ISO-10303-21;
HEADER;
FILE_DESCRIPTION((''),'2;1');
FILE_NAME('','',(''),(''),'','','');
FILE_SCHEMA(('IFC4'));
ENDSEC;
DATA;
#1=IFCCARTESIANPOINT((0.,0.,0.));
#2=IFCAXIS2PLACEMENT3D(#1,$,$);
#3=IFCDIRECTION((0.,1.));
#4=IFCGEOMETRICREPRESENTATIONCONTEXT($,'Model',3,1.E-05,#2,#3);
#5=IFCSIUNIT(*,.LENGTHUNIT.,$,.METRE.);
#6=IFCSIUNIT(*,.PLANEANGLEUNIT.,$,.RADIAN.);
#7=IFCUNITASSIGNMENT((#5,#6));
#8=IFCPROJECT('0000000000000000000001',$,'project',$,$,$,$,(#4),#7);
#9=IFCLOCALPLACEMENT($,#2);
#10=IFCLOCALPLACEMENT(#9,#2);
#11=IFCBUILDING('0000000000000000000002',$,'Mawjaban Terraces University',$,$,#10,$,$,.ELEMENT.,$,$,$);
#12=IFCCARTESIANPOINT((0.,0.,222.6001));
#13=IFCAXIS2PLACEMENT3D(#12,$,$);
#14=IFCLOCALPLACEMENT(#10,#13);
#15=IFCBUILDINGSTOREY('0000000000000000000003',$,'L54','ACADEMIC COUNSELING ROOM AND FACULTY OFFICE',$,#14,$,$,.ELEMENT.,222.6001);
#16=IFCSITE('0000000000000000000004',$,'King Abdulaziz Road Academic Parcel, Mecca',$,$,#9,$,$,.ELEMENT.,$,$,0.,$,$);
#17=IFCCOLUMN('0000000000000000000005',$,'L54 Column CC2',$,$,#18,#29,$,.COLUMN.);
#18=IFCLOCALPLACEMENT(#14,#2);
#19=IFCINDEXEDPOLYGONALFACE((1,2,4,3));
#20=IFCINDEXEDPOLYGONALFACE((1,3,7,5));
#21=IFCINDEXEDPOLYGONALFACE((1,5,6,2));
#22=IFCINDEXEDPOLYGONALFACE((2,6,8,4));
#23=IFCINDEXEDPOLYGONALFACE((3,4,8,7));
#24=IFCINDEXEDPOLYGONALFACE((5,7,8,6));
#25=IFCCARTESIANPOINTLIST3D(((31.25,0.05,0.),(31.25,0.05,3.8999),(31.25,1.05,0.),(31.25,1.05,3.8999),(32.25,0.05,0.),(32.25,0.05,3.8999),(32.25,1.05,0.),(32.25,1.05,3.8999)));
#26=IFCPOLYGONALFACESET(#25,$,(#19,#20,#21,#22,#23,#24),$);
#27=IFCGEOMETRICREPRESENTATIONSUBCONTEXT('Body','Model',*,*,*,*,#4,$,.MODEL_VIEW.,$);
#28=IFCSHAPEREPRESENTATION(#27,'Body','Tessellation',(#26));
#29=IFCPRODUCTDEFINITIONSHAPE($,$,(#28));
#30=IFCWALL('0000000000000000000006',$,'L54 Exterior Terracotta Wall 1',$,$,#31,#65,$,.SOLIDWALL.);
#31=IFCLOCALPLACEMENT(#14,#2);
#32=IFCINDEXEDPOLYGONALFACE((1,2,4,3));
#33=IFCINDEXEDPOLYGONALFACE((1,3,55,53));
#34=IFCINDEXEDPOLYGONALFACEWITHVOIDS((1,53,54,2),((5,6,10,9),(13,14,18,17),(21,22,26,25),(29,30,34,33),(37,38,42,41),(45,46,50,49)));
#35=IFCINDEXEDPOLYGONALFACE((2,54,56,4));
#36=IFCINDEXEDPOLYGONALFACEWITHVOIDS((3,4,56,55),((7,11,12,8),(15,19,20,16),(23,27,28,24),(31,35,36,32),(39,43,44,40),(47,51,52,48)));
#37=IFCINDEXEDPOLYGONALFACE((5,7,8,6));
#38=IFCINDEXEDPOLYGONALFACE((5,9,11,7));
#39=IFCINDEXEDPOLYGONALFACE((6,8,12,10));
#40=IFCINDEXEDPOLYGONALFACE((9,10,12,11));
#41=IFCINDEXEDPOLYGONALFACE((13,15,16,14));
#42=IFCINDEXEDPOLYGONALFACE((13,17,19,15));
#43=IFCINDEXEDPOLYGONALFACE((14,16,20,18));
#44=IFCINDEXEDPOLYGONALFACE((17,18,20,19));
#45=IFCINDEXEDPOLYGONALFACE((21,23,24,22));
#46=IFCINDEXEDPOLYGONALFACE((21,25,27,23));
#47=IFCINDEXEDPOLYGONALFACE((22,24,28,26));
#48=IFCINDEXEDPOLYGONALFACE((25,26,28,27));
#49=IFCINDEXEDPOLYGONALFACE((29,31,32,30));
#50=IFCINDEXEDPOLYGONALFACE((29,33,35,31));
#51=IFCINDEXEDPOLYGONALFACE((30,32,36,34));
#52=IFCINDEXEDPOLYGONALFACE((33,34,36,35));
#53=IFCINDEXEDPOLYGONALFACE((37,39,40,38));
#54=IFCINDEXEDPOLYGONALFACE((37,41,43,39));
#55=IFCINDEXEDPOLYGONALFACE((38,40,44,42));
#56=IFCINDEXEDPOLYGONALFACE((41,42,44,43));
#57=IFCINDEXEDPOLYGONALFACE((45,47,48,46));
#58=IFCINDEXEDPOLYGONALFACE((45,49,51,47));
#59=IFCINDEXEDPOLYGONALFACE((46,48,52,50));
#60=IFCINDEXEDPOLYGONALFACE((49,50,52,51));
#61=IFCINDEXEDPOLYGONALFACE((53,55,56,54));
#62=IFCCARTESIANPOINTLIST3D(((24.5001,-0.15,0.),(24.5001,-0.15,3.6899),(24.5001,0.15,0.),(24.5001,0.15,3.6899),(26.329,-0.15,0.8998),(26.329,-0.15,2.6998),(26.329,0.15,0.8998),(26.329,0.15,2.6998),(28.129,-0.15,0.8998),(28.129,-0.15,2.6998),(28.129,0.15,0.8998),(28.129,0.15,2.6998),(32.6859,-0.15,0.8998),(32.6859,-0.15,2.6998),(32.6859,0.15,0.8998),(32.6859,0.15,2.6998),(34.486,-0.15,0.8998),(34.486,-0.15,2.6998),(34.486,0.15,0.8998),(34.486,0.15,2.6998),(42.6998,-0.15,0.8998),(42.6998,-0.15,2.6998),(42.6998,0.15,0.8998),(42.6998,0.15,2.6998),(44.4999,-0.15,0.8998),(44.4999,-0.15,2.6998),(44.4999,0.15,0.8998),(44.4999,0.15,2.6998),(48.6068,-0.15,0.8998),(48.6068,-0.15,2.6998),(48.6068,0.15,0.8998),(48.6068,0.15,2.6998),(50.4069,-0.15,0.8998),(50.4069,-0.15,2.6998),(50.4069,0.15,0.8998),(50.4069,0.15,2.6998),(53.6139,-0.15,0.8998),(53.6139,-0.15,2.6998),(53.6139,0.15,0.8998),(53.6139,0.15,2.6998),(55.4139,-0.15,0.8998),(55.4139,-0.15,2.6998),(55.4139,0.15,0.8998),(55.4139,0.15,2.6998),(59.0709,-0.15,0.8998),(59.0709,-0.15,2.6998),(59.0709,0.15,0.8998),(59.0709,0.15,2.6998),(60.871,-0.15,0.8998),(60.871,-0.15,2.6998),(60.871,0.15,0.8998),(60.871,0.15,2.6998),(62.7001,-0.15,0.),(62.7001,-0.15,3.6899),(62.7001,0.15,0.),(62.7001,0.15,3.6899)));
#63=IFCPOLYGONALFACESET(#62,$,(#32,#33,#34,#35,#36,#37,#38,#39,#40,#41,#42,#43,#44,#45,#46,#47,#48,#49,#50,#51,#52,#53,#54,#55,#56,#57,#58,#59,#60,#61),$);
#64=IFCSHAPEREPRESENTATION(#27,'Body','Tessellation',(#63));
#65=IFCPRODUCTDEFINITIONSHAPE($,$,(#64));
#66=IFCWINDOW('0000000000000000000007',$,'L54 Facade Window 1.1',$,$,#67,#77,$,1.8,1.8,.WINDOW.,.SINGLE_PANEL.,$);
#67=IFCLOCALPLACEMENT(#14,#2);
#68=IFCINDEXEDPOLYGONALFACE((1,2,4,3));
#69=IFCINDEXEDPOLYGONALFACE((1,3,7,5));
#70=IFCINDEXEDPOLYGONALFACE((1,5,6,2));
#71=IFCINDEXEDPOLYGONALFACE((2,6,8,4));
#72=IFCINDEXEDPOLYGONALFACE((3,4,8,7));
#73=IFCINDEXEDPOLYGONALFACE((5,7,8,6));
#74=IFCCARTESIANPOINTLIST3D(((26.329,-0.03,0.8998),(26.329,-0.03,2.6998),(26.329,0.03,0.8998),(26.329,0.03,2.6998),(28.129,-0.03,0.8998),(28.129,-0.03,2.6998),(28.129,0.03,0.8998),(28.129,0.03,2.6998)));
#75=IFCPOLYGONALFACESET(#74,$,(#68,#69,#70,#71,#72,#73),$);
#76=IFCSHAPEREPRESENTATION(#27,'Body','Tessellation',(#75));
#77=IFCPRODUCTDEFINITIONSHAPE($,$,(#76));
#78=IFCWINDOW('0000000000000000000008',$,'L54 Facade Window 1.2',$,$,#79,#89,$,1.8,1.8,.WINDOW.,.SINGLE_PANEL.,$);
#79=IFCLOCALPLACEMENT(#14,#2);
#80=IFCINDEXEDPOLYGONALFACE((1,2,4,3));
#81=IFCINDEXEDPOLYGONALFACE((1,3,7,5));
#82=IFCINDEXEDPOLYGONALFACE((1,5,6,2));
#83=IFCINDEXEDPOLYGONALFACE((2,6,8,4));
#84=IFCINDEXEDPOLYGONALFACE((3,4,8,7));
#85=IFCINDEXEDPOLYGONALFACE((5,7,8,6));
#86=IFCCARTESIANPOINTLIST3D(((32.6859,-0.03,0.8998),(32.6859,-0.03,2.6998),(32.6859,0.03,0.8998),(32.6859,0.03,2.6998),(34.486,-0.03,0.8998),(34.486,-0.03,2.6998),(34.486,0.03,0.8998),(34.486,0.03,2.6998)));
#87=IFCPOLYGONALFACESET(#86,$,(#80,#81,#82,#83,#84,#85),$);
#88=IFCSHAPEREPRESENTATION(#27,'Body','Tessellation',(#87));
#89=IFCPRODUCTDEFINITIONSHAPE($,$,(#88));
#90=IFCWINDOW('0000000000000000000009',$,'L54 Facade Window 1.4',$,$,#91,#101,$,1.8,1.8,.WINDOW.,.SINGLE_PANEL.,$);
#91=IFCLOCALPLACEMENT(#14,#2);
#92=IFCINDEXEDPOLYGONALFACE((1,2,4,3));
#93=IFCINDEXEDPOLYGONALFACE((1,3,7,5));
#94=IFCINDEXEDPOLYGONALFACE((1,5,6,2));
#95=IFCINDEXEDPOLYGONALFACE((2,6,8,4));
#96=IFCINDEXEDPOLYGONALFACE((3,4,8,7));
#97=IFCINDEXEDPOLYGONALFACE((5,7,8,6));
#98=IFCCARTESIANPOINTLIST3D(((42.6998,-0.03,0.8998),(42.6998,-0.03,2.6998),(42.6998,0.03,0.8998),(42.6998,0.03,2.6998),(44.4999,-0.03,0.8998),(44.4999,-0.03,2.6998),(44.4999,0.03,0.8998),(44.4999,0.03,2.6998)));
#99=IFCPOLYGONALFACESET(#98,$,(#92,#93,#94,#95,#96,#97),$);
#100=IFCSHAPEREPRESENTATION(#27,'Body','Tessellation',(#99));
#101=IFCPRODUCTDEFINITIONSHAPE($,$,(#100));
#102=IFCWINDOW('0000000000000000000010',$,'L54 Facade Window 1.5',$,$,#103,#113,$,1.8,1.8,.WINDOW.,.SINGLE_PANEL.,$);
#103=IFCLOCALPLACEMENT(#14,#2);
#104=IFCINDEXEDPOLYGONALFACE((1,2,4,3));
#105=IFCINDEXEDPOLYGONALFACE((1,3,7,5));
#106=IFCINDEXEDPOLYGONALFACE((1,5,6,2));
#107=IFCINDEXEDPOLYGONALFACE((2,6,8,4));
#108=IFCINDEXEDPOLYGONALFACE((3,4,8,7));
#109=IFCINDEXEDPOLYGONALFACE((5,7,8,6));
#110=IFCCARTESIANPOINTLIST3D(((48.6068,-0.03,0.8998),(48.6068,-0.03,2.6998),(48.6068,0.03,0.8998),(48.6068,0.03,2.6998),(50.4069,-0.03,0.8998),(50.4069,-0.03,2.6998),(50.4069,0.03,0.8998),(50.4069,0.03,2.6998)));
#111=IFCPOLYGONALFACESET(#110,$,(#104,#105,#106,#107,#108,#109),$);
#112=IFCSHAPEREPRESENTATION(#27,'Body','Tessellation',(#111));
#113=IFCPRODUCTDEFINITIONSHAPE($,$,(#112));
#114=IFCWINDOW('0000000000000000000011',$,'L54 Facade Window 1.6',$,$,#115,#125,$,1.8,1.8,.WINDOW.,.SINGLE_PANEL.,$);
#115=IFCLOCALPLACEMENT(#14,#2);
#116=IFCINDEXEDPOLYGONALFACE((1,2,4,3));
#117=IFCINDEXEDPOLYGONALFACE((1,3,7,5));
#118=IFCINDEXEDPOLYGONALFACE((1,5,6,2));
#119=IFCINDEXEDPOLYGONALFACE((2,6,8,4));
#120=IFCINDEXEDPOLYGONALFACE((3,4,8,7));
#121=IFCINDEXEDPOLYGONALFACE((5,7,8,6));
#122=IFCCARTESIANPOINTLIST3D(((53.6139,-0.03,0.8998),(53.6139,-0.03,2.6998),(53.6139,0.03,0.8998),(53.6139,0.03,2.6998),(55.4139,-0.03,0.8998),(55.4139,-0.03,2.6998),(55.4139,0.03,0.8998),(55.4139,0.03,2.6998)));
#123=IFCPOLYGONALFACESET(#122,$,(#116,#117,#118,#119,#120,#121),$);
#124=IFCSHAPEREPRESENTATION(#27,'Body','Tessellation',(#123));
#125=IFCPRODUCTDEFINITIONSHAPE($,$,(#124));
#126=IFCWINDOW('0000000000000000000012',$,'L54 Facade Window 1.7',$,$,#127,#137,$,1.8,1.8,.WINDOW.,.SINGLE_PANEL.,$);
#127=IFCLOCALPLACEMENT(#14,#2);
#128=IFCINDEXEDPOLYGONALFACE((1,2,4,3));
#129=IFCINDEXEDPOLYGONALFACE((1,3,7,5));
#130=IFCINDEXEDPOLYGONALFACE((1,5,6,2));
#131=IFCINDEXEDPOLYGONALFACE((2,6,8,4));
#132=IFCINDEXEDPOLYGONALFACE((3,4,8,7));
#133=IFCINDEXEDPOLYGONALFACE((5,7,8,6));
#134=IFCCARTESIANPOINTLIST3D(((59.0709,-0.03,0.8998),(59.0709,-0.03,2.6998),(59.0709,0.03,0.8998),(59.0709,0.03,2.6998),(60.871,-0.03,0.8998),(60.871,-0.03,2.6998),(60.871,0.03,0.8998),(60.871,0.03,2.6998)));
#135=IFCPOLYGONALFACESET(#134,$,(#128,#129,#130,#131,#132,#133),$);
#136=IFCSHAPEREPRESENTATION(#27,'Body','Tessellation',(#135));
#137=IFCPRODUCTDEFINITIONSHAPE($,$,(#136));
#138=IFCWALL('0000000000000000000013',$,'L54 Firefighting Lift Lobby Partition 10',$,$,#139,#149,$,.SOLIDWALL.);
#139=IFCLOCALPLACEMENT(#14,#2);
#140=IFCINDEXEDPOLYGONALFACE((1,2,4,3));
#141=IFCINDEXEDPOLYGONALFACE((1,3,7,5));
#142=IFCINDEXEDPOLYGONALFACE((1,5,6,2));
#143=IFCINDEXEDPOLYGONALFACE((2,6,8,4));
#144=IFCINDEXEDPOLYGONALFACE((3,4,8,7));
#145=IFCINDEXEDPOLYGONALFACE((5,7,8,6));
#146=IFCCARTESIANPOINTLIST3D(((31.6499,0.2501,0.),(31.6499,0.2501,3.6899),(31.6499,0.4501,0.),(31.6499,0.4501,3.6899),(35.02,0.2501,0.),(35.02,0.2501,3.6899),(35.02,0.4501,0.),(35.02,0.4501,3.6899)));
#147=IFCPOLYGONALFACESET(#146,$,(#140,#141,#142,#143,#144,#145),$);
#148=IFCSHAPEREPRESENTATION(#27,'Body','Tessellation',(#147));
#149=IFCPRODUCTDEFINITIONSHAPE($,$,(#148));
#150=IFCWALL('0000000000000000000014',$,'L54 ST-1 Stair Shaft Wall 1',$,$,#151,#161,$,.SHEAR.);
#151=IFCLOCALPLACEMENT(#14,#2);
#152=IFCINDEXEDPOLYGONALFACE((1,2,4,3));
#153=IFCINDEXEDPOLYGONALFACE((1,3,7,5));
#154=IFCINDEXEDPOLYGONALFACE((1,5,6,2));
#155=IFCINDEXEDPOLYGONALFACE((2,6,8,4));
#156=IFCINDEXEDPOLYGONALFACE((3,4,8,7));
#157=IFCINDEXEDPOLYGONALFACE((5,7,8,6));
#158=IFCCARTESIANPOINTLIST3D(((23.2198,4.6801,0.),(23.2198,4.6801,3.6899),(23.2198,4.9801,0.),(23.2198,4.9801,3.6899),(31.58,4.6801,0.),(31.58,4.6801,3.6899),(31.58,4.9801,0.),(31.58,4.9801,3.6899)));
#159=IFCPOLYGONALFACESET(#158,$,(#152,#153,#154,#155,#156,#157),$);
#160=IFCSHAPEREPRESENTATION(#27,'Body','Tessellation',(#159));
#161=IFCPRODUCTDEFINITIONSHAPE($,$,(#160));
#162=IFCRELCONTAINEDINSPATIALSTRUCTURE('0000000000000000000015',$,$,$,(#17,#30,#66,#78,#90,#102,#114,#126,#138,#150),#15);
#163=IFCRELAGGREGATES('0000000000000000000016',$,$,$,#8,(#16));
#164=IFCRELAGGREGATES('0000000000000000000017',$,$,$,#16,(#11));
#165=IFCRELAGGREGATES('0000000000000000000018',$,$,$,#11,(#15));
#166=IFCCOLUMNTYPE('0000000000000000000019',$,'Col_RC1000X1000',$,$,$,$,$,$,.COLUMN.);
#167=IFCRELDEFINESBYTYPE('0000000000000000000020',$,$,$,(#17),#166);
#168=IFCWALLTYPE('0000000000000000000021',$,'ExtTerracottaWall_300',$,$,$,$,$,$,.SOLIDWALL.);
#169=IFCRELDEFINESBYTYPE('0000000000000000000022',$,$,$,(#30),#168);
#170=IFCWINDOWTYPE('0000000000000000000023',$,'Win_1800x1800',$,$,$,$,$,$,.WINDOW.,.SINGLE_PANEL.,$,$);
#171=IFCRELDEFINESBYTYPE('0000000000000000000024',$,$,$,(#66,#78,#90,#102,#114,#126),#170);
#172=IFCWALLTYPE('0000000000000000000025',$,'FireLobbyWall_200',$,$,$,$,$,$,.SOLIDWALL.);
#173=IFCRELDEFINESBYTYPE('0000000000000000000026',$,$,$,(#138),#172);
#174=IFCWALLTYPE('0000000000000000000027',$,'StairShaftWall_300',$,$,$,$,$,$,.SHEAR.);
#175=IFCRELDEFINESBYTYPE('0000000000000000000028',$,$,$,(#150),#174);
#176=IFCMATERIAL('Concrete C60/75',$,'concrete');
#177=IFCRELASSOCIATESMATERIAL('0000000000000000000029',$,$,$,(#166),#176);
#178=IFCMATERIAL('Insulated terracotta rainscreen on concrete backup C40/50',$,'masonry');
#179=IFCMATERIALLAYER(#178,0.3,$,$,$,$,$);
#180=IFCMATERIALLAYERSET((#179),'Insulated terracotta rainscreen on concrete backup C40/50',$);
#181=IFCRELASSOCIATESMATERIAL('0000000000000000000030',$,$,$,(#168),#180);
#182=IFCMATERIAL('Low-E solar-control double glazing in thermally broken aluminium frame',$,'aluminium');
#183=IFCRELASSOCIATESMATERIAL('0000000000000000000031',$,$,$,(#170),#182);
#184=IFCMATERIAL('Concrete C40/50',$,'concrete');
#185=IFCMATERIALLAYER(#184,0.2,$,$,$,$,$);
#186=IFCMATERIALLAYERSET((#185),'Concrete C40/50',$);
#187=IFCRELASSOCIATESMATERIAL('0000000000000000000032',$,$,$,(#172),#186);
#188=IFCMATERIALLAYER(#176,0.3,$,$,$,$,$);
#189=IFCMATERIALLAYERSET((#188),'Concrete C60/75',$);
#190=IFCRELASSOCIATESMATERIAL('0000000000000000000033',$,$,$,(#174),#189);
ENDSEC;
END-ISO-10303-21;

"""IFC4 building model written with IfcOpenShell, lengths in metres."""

from ifc_helpers import new_model, si_unit, direction, frame, frame_2d, origin, origin_2d, place, context, subcontext, project, spatial, rectangle, extrude, material, layer, layer_set, material_profile, profile_set, type_object, element, fill, save


model = new_model("IFC4")

# Units and contexts
model_context = context("Model", 3, precision=1e-05, world=origin(), true_north=direction((0.0, 1.0)))
body_context = subcontext(model_context, "Body", "Model", "MODEL_VIEW")
ifc_project = project(units=[si_unit("LENGTHUNIT", "METRE"), si_unit("PLANEANGLEUNIT", "RADIAN")], contexts=[model_context])

# Site, building, storey
site_placement = place(None, origin())
site = spatial("IfcSite", under=ifc_project, at=site_placement, Name="King Abdulaziz Road Academic Parcel, Mecca", CompositionType="ELEMENT", RefElevation=0.0)
building_placement = place(site_placement, origin())
building = spatial("IfcBuilding", under=site, at=building_placement, Name="Mawjaban Terraces University", CompositionType="ELEMENT")
storey_placement = place(building_placement, frame((0.0, 0.0, 222.6001)))
storey = spatial("IfcBuildingStorey", under=building, at=storey_placement, Name="L54", Description="ACADEMIC COUNSELING ROOM AND FACULTY OFFICE", CompositionType="ELEMENT", Elevation=222.6001)

# Column
ifc_material_1 = material(Name="Concrete C60/75", Category="concrete")
ifc_material_profile = material_profile(ifc_material_1, rectangle(XDim=1.0, YDim=1.0, at=origin_2d()), Name="RC1000X1000")
ifc_profile_set = profile_set([ifc_material_profile], Name="Concrete C60/75")
column_type = type_object("IfcColumnType", Name="Col_RC1000X1000", PredefinedType="COLUMN", material=ifc_profile_set)
column_placement = place(storey_placement, frame((31.75, 0.55, 0.0), z_axis=(0.0, 0.0, 1.0), x_axis=(1.0, 0.0, 0.0)))
element("IfcColumn", 1, at=column_placement, inside=storey, type_object=column_type, Name="L54 Column CC2", PredefinedType="COLUMN", context=body_context, shape_type="SweptSolid", body=[
    extrude(rectangle(XDim=1.0, YDim=1.0, at=origin_2d()), origin(), (0.0, 0.0, 1.0), 3.8999),
])

# Wall, openings, windows
ifc_material_2 = material(Name="Insulated terracotta rainscreen on concrete backup C40/50", Category="masonry")
ifc_layer_1 = layer(ifc_material_2, 0.3)
ifc_layer_set_1 = layer_set([ifc_layer_1], Name="Insulated terracotta rainscreen on concrete backup C40/50")
wall_type_1 = type_object("IfcWallType", Name="ExtTerracottaWall_300", PredefinedType="SOLIDWALL", material=ifc_layer_set_1)
wall_1_placement = place(storey_placement, frame((24.5, 0.0, 0.0), z_axis=(0.0, 0.0, 1.0), x_axis=(1.0, 0.0, 0.0)))
wall_1 = element("IfcWall", 2, at=wall_1_placement, inside=storey, type_object=wall_type_1, Name="L54 Exterior Terracotta Wall 1", PredefinedType="SOLIDWALL", context=body_context, shape_type="SweptSolid", body=[
    extrude(rectangle(XDim=38.2, YDim=0.3, at=frame_2d((19.1001, 0.0))), origin(), (0.0, 0.0, 1.0), 3.6899),
])
opening_1_placement = place(wall_1_placement, frame((1.8291, 0.0, 0.8999)))
opening_1 = element("IfcOpeningElement", 3, at=opening_1_placement, cuts=wall_1, PredefinedType="OPENING", context=body_context, shape_type="SweptSolid", body=[
    extrude(rectangle(XDim=1.8, YDim=1.8, at=frame_2d((0.8999, 0.8999))), frame((0.0, 0.1599, 0.0), z_axis=(0.0, -1.0, 0.0), x_axis=(1.0, 0.0, 0.0)), (0.0, 0.0, 1.0), 0.3201),
])
opening_2_placement = place(wall_1_placement, frame((8.186, 0.0, 0.8999)))
opening_2 = element("IfcOpeningElement", 4, at=opening_2_placement, cuts=wall_1, PredefinedType="OPENING", context=body_context, shape_type="SweptSolid", body=[
    extrude(rectangle(XDim=1.8, YDim=1.8, at=frame_2d((0.8999, 0.8999))), frame((0.0, 0.1599, 0.0), z_axis=(0.0, -1.0, 0.0), x_axis=(1.0, 0.0, 0.0)), (0.0, 0.0, 1.0), 0.3201),
])
opening_3_placement = place(wall_1_placement, frame((18.2, 0.0, 0.8999)))
opening_3 = element("IfcOpeningElement", 5, at=opening_3_placement, cuts=wall_1, PredefinedType="OPENING", context=body_context, shape_type="SweptSolid", body=[
    extrude(rectangle(XDim=1.8, YDim=1.8, at=frame_2d((0.8999, 0.8999))), frame((0.0, 0.1599, 0.0), z_axis=(0.0, -1.0, 0.0), x_axis=(1.0, 0.0, 0.0)), (0.0, 0.0, 1.0), 0.3201),
])
opening_4_placement = place(wall_1_placement, frame((24.1069, 0.0, 0.8999)))
opening_4 = element("IfcOpeningElement", 6, at=opening_4_placement, cuts=wall_1, PredefinedType="OPENING", context=body_context, shape_type="SweptSolid", body=[
    extrude(rectangle(XDim=1.8, YDim=1.8, at=frame_2d((0.8999, 0.8999))), frame((0.0, 0.1599, 0.0), z_axis=(0.0, -1.0, 0.0), x_axis=(1.0, 0.0, 0.0)), (0.0, 0.0, 1.0), 0.3201),
])
opening_5_placement = place(wall_1_placement, frame((29.114, 0.0, 0.8999)))
opening_5 = element("IfcOpeningElement", 7, at=opening_5_placement, cuts=wall_1, PredefinedType="OPENING", context=body_context, shape_type="SweptSolid", body=[
    extrude(rectangle(XDim=1.8, YDim=1.8, at=frame_2d((0.8999, 0.8999))), frame((0.0, 0.1599, 0.0), z_axis=(0.0, -1.0, 0.0), x_axis=(1.0, 0.0, 0.0)), (0.0, 0.0, 1.0), 0.3201),
])
opening_6_placement = place(wall_1_placement, frame((34.571, 0.0, 0.8999)))
opening_6 = element("IfcOpeningElement", 8, at=opening_6_placement, cuts=wall_1, PredefinedType="OPENING", context=body_context, shape_type="SweptSolid", body=[
    extrude(rectangle(XDim=1.8, YDim=1.8, at=frame_2d((0.8999, 0.8999))), frame((0.0, 0.1599, 0.0), z_axis=(0.0, -1.0, 0.0), x_axis=(1.0, 0.0, 0.0)), (0.0, 0.0, 1.0), 0.3201),
])
ifc_material_3 = material(Name="Low-E solar-control double glazing in thermally broken aluminium frame", Category="aluminium")
window_type = type_object("IfcWindowType", Name="Win_1800x1800", PartitioningType="SINGLE_PANEL", PredefinedType="WINDOW", material=ifc_material_3)
window_1_placement = place(opening_1_placement, origin())
window_1 = element("IfcWindow", 9, at=window_1_placement, inside=storey, type_object=window_type, Name="L54 Facade Window 1.1", OverallHeight=1.8, OverallWidth=1.8, PartitioningType="SINGLE_PANEL", PredefinedType="WINDOW", context=body_context, shape_type="SweptSolid", body=[
    extrude(rectangle(XDim=1.8, YDim=1.8, at=frame_2d((0.8999, 0.8999))), frame((0.0, 0.03, 0.0), z_axis=(0.0, -1.0, 0.0), x_axis=(1.0, 0.0, 0.0)), (0.0, 0.0, 1.0), 0.0601),
])
fill(opening_1, window_1)
window_2_placement = place(opening_2_placement, origin())
window_2 = element("IfcWindow", 10, at=window_2_placement, inside=storey, type_object=window_type, Name="L54 Facade Window 1.2", OverallHeight=1.8, OverallWidth=1.8, PartitioningType="SINGLE_PANEL", PredefinedType="WINDOW", context=body_context, shape_type="SweptSolid", body=[
    extrude(rectangle(XDim=1.8, YDim=1.8, at=frame_2d((0.8999, 0.8999))), frame((0.0, 0.03, 0.0), z_axis=(0.0, -1.0, 0.0), x_axis=(1.0, 0.0, 0.0)), (0.0, 0.0, 1.0), 0.0601),
])
fill(opening_2, window_2)
window_3_placement = place(opening_3_placement, origin())
window_3 = element("IfcWindow", 11, at=window_3_placement, inside=storey, type_object=window_type, Name="L54 Facade Window 1.4", OverallHeight=1.8, OverallWidth=1.8, PartitioningType="SINGLE_PANEL", PredefinedType="WINDOW", context=body_context, shape_type="SweptSolid", body=[
    extrude(rectangle(XDim=1.8, YDim=1.8, at=frame_2d((0.8999, 0.8999))), frame((0.0, 0.03, 0.0), z_axis=(0.0, -1.0, 0.0), x_axis=(1.0, 0.0, 0.0)), (0.0, 0.0, 1.0), 0.0601),
])
fill(opening_3, window_3)
window_4_placement = place(opening_4_placement, origin())
window_4 = element("IfcWindow", 12, at=window_4_placement, inside=storey, type_object=window_type, Name="L54 Facade Window 1.5", OverallHeight=1.8, OverallWidth=1.8, PartitioningType="SINGLE_PANEL", PredefinedType="WINDOW", context=body_context, shape_type="SweptSolid", body=[
    extrude(rectangle(XDim=1.8, YDim=1.8, at=frame_2d((0.8999, 0.8999))), frame((0.0, 0.03, 0.0), z_axis=(0.0, -1.0, 0.0), x_axis=(1.0, 0.0, 0.0)), (0.0, 0.0, 1.0), 0.0601),
])
fill(opening_4, window_4)
window_5_placement = place(opening_5_placement, origin())
window_5 = element("IfcWindow", 13, at=window_5_placement, inside=storey, type_object=window_type, Name="L54 Facade Window 1.6", OverallHeight=1.8, OverallWidth=1.8, PartitioningType="SINGLE_PANEL", PredefinedType="WINDOW", context=body_context, shape_type="SweptSolid", body=[
    extrude(rectangle(XDim=1.8, YDim=1.8, at=frame_2d((0.8999, 0.8999))), frame((0.0, 0.03, 0.0), z_axis=(0.0, -1.0, 0.0), x_axis=(1.0, 0.0, 0.0)), (0.0, 0.0, 1.0), 0.0601),
])
fill(opening_5, window_5)
window_6_placement = place(opening_6_placement, origin())
window_6 = element("IfcWindow", 14, at=window_6_placement, inside=storey, type_object=window_type, Name="L54 Facade Window 1.7", OverallHeight=1.8, OverallWidth=1.8, PartitioningType="SINGLE_PANEL", PredefinedType="WINDOW", context=body_context, shape_type="SweptSolid", body=[
    extrude(rectangle(XDim=1.8, YDim=1.8, at=frame_2d((0.8999, 0.8999))), frame((0.0, 0.03, 0.0), z_axis=(0.0, -1.0, 0.0), x_axis=(1.0, 0.0, 0.0)), (0.0, 0.0, 1.0), 0.0601),
])
fill(opening_6, window_6)

# Shared definitions
ifc_material_4 = material(Name="Concrete C40/50", Category="concrete")
ifc_layer_2 = layer(ifc_material_4, 0.2)
ifc_layer_set_2 = layer_set([ifc_layer_2], Name="Concrete C40/50")
wall_type_2 = type_object("IfcWallType", Name="FireLobbyWall_200", PredefinedType="SOLIDWALL", material=ifc_layer_set_2)

# Wall
wall_2_placement = place(storey_placement, frame((31.6499, 0.3501, 0.0), z_axis=(0.0, 0.0, 1.0), x_axis=(1.0, 0.0, 0.0)))
element("IfcWall", 15, at=wall_2_placement, inside=storey, type_object=wall_type_2, Name="L54 Firefighting Lift Lobby Partition 10", PredefinedType="SOLIDWALL", context=body_context, shape_type="SweptSolid", body=[
    extrude(rectangle(XDim=3.3701, YDim=0.2, at=frame_2d((1.6851, 0.0))), origin(), (0.0, 0.0, 1.0), 3.6899),
])

# Wall
ifc_layer_3 = layer(ifc_material_1, 0.3)
ifc_layer_set_3 = layer_set([ifc_layer_3], Name="Concrete C60/75")
wall_type_3 = type_object("IfcWallType", Name="StairShaftWall_300", PredefinedType="SHEAR", material=ifc_layer_set_3)
wall_3_placement = place(storey_placement, frame((31.5801, 4.8301, 0.0), z_axis=(0.0, 0.0, 1.0), x_axis=(-1.0, 0.0, 0.0)))
element("IfcWall", 16, at=wall_3_placement, inside=storey, type_object=wall_type_3, Name="L54 ST-1 Stair Shaft Wall 1", PredefinedType="SHEAR", context=body_context, shape_type="SweptSolid", body=[
    extrude(rectangle(XDim=8.3601, YDim=0.3, at=frame_2d((4.1802, 0.0))), origin(), (0.0, 0.0, 1.0), 3.6899),
])

save(model, "model.ifc")
